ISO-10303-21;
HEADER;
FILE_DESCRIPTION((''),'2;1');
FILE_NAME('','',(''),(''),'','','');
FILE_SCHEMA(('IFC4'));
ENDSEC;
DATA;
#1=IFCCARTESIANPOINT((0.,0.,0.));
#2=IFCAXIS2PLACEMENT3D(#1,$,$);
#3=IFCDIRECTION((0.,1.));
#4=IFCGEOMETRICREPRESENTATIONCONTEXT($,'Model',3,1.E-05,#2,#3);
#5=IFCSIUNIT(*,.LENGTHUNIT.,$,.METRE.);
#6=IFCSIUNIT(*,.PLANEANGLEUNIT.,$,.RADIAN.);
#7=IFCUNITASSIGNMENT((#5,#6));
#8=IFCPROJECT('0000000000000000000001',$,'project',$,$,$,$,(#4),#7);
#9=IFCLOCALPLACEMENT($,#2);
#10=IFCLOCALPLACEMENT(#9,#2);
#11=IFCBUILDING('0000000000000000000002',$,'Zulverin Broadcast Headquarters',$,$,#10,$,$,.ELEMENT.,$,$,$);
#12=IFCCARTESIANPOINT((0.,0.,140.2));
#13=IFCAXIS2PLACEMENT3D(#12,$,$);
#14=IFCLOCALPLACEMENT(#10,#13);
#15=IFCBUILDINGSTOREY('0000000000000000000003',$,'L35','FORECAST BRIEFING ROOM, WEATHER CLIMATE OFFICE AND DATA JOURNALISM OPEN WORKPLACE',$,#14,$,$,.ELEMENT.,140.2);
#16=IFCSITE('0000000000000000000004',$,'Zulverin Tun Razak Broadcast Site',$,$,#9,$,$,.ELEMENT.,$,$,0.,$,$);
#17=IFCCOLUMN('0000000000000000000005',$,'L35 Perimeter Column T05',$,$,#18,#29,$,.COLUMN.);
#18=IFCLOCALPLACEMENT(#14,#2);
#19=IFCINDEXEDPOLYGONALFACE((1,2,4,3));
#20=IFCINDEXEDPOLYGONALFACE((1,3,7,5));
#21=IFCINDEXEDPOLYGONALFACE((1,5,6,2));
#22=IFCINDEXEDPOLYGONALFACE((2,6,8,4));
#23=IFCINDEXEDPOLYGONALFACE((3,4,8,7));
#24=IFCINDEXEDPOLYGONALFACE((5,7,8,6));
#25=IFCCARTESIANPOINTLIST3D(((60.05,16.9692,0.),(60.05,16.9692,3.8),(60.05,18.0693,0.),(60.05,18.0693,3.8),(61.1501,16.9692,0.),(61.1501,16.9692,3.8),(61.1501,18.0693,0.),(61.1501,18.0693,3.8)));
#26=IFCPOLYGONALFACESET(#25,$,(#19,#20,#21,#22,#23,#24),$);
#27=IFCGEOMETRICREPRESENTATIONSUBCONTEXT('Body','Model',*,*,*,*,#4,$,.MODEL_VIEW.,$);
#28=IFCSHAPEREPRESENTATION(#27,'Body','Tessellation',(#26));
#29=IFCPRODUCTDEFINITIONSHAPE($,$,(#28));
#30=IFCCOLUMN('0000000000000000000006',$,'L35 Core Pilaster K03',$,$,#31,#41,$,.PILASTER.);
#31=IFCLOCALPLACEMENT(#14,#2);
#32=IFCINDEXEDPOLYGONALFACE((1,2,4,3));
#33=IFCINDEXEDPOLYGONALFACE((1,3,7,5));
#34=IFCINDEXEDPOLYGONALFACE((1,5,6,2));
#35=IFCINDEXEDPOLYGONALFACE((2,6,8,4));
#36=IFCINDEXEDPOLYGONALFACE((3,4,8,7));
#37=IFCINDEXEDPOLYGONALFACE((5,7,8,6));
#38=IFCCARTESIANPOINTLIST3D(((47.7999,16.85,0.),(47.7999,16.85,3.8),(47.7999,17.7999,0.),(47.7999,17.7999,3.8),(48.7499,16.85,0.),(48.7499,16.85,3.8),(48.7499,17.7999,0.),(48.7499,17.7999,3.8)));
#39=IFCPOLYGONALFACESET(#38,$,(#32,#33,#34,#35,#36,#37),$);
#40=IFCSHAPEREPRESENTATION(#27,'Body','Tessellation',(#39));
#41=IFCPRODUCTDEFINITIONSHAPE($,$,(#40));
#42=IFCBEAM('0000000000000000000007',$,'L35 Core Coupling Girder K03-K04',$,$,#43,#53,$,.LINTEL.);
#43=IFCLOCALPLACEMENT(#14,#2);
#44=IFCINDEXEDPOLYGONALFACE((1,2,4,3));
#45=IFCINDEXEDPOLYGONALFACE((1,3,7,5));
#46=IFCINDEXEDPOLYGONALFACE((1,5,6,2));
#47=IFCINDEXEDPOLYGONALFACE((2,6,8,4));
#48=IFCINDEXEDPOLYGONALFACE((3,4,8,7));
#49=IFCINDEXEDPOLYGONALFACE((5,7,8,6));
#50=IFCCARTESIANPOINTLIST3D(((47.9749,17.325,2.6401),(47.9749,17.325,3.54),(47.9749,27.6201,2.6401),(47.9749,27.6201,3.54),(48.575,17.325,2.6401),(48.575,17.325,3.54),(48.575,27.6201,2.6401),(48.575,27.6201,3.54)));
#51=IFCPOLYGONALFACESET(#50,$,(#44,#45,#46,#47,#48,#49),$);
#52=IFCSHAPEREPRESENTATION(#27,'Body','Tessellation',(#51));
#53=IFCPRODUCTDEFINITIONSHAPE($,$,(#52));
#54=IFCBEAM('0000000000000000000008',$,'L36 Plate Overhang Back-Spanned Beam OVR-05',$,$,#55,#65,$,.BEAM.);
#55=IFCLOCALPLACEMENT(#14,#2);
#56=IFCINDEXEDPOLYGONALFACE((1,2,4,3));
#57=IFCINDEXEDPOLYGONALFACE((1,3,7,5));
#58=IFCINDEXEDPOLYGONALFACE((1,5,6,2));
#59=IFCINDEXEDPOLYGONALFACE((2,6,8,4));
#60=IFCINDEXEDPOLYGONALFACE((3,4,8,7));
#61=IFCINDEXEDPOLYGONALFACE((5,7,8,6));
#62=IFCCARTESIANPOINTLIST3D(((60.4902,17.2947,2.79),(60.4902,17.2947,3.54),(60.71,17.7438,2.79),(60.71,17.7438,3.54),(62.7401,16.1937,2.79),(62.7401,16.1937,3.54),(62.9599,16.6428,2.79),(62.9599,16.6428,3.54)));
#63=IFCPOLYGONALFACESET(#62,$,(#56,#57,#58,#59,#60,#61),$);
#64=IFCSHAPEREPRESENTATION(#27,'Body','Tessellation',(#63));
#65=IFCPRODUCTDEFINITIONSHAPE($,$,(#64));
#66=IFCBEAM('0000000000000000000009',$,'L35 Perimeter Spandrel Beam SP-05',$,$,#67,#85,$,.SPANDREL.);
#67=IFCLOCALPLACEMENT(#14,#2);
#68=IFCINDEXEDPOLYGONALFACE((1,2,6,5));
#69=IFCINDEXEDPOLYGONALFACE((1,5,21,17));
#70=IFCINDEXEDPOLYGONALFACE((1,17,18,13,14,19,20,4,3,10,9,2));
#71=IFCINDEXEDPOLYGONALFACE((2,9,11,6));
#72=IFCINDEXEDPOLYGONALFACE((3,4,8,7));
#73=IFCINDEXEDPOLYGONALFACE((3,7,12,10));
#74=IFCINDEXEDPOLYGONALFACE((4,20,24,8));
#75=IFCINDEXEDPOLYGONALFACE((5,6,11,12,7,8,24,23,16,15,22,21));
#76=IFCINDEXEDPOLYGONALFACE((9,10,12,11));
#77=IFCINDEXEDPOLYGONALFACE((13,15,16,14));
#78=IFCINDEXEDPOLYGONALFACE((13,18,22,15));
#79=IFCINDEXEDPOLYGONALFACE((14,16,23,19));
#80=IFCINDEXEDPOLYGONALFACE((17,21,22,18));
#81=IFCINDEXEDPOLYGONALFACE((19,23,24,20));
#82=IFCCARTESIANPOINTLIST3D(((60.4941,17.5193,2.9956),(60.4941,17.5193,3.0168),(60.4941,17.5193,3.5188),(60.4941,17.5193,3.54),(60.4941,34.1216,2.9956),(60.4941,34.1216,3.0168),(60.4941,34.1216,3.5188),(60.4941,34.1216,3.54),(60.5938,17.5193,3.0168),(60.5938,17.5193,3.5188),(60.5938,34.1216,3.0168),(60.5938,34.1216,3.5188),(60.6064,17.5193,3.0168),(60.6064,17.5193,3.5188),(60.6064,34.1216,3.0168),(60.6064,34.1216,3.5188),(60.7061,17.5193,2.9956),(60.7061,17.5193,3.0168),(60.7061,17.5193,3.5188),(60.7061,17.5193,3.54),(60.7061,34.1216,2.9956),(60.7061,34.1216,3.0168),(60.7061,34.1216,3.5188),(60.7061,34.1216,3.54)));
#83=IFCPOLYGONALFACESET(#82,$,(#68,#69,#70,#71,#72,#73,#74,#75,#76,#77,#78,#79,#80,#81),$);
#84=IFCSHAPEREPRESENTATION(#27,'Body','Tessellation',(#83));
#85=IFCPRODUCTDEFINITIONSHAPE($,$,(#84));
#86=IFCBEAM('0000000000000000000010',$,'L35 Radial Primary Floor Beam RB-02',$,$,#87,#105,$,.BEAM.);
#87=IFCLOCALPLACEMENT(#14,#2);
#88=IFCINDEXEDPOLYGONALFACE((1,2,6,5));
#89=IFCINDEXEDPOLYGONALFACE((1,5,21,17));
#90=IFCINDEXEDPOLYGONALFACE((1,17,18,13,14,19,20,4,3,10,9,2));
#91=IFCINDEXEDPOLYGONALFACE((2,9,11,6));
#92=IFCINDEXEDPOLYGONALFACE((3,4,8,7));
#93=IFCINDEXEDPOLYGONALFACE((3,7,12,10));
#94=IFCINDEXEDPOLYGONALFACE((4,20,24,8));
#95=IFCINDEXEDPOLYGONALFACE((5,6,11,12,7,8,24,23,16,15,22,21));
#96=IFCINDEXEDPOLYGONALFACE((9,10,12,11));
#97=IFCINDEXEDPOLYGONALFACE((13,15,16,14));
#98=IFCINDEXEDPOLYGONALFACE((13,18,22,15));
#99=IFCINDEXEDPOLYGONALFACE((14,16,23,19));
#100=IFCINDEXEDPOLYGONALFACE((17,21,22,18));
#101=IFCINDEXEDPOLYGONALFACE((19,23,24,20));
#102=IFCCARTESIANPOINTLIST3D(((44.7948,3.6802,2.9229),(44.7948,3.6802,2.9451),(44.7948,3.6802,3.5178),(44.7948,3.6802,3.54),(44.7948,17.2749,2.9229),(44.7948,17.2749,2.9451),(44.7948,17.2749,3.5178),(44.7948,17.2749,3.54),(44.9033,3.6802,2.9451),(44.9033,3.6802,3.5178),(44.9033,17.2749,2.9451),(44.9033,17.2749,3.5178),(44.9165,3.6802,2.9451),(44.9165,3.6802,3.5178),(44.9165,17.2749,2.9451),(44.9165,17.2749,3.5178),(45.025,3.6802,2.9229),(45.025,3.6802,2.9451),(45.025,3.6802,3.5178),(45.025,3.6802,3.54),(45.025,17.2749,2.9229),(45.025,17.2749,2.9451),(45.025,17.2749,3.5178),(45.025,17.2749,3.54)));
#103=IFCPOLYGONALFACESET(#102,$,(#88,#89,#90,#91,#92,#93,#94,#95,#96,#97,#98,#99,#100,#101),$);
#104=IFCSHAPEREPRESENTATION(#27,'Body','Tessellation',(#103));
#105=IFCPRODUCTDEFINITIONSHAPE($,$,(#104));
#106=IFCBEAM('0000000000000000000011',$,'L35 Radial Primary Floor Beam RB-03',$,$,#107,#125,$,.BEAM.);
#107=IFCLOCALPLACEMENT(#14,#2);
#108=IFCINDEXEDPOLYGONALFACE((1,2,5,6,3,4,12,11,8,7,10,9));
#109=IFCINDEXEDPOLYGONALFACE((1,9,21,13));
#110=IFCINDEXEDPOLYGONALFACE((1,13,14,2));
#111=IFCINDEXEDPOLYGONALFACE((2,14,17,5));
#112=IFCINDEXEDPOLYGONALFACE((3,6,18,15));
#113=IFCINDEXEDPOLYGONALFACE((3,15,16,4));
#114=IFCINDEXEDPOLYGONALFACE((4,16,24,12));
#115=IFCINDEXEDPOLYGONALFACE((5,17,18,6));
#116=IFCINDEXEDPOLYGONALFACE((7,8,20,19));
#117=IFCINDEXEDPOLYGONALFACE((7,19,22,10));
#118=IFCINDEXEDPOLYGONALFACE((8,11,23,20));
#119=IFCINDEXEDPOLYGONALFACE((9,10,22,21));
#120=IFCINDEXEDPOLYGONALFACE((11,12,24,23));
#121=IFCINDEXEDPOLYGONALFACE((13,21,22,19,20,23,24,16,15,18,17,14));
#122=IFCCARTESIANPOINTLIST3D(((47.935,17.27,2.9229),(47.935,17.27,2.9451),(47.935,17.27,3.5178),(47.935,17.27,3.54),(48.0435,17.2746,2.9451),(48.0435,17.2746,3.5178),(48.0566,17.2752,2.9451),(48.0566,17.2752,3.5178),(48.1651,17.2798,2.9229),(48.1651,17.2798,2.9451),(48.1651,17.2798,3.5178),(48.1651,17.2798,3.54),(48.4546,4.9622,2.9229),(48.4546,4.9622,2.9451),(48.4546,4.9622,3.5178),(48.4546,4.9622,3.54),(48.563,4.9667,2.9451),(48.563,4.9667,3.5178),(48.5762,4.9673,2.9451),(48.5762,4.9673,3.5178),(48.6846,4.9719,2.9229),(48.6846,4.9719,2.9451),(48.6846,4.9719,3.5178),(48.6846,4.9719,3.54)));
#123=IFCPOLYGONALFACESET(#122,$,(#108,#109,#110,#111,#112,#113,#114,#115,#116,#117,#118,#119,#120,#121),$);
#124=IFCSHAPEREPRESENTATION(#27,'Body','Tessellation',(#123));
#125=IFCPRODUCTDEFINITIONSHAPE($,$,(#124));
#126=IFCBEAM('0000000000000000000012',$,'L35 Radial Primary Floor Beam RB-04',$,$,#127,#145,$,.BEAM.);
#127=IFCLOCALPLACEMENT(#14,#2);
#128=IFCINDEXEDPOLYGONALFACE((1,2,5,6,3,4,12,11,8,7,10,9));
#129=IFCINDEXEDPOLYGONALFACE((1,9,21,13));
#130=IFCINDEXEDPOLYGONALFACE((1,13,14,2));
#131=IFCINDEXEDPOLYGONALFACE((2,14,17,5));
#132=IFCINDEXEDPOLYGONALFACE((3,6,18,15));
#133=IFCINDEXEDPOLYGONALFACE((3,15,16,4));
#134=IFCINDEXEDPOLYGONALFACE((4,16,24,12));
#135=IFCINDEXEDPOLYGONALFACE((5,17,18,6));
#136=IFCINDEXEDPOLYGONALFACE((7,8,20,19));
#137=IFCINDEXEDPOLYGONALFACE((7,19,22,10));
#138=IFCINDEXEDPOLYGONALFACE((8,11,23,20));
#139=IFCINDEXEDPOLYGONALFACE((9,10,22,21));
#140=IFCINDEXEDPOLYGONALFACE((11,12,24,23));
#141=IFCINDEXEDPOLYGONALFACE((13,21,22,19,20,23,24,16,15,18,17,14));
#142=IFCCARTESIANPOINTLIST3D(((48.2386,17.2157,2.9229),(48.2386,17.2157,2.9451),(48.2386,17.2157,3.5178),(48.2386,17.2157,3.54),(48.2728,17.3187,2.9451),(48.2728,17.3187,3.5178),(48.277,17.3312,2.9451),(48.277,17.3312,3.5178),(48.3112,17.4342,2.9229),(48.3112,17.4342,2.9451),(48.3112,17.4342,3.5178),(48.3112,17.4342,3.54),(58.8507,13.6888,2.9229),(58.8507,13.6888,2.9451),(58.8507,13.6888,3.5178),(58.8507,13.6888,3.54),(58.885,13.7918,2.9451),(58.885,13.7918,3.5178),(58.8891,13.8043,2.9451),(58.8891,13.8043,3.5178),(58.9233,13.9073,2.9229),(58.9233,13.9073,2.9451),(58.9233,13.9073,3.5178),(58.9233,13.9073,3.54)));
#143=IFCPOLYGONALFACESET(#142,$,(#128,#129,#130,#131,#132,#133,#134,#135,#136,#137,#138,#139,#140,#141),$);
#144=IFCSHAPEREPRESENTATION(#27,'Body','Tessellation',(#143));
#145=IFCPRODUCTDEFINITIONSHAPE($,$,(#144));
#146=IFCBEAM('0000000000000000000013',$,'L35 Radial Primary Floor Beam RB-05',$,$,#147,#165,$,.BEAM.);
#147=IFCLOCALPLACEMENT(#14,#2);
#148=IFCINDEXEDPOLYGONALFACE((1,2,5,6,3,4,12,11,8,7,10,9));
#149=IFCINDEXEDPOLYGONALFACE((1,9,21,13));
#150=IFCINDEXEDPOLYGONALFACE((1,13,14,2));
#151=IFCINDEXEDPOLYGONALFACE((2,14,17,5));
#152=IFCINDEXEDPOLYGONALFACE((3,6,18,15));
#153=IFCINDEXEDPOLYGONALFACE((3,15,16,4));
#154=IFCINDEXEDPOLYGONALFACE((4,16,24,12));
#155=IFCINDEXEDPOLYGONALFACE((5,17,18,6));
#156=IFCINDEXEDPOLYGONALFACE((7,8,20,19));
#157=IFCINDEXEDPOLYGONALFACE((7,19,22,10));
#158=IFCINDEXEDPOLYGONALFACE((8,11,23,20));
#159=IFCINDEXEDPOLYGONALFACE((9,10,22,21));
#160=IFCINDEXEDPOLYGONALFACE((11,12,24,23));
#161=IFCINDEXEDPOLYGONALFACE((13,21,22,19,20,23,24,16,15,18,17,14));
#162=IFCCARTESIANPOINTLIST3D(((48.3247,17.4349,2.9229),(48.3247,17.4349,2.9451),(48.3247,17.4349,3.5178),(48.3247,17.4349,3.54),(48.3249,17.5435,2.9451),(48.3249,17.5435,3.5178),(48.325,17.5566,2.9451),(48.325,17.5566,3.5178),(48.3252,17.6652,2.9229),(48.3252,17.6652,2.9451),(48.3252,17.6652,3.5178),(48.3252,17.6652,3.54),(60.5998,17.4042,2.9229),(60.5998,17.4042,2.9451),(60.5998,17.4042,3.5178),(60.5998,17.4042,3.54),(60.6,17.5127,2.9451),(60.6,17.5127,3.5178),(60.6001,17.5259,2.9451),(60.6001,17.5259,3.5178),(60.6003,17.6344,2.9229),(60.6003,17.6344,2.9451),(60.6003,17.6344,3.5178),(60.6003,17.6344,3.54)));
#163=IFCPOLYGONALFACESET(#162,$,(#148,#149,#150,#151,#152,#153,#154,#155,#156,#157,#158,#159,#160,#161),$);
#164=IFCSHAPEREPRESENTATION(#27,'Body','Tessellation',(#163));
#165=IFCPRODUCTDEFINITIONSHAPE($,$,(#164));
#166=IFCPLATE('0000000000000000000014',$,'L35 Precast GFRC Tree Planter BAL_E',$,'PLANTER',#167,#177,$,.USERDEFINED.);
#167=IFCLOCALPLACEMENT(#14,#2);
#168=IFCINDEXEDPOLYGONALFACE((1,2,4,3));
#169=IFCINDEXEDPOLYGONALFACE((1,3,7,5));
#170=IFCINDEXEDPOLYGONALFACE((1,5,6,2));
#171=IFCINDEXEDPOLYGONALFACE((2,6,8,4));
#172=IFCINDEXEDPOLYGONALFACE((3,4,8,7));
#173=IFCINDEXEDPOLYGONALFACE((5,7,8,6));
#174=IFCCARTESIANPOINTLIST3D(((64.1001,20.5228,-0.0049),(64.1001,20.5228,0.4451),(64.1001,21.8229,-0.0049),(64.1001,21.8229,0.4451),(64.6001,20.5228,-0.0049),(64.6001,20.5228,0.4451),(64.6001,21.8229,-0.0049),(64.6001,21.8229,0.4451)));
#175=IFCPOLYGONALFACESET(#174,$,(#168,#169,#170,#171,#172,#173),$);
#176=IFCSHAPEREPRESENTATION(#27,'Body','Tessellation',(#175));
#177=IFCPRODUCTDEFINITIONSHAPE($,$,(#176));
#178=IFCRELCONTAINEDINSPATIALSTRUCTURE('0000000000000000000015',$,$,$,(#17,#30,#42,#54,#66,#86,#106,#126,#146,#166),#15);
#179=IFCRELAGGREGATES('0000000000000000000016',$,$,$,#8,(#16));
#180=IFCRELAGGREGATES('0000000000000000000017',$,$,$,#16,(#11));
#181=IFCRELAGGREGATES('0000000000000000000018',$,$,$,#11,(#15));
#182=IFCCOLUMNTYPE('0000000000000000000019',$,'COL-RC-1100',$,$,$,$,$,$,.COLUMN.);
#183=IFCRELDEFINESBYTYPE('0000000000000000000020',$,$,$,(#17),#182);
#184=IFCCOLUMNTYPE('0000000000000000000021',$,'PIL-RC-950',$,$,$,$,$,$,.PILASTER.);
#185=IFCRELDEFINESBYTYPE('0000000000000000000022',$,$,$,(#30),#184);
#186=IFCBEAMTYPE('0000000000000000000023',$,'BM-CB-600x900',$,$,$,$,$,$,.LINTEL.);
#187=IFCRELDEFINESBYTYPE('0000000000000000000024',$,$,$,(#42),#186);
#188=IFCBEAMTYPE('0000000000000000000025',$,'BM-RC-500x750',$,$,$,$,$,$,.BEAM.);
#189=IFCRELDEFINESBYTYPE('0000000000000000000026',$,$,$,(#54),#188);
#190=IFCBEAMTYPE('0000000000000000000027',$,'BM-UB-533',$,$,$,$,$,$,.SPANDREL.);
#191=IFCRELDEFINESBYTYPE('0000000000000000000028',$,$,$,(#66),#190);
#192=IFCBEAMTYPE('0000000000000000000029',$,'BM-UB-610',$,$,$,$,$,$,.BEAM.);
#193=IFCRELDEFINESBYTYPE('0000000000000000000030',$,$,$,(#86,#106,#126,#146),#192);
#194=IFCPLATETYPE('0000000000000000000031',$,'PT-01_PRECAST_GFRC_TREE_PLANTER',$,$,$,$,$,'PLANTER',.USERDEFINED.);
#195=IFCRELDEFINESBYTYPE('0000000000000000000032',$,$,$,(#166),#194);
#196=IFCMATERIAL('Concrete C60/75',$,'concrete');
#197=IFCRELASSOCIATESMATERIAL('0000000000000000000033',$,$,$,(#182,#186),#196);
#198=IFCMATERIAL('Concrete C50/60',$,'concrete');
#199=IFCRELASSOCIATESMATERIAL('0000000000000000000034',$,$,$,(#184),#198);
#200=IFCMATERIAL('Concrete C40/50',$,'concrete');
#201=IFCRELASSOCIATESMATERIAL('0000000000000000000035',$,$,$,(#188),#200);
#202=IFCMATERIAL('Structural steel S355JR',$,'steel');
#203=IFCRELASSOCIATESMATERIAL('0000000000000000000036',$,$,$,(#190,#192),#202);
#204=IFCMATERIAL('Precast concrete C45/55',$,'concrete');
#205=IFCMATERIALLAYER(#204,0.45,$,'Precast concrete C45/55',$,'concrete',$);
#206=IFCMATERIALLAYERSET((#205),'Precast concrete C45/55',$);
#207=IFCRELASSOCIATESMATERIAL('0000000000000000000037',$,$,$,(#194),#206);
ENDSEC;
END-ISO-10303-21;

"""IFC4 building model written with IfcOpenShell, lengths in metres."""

from ifc_helpers import new_model, si_unit, direction, frame, origin, origin_2d, place, context, subcontext, project, spatial, rectangle, i_section, extrude, material, layer, layer_set, material_profile, profile_set, type_object, element, save


model = new_model("IFC4")

# Units and contexts
model_context = context("Model", 3, precision=1e-05, world=origin(), true_north=direction((0.0, 1.0)))
body_context = subcontext(model_context, "Body", "Model", "MODEL_VIEW")
ifc_project = project(units=[si_unit("LENGTHUNIT", "METRE"), si_unit("PLANEANGLEUNIT", "RADIAN")], contexts=[model_context])

# Site, building, storey
site_placement = place(None, origin())
site = spatial("IfcSite", under=ifc_project, at=site_placement, Name="Zulverin Tun Razak Broadcast Site", CompositionType="ELEMENT", RefElevation=0.0)
building_placement = place(site_placement, origin())
building = spatial("IfcBuilding", under=site, at=building_placement, Name="Zulverin Broadcast Headquarters", CompositionType="ELEMENT")
storey_placement = place(building_placement, frame((0.0, 0.0, 140.2)))
storey = spatial("IfcBuildingStorey", under=building, at=storey_placement, Name="L35", Description="FORECAST BRIEFING ROOM, WEATHER CLIMATE OFFICE AND DATA JOURNALISM OPEN WORKPLACE", CompositionType="ELEMENT", Elevation=140.2)

# Columns
ifc_material_1 = material(Name="Concrete C60/75", Category="concrete")
ifc_material_profile_1 = material_profile(ifc_material_1, rectangle(XDim=1.1001, YDim=1.1001, at=origin_2d()), Name="Concrete C60/75", Category="concrete")
ifc_profile_set_1 = profile_set([ifc_material_profile_1], Name="Concrete C60/75")
column_type_1 = type_object("IfcColumnType", Name="COL-RC-1100", PredefinedType="COLUMN", material=ifc_profile_set_1)
column_1_placement = place(storey_placement, frame((60.6001, 17.5193, 0.0), z_axis=(0.0, 0.0, 1.0), x_axis=(1.0, 0.0, 0.0)))
element("IfcColumn", 1, at=column_1_placement, inside=storey, type_object=column_type_1, Name="L35 Perimeter Column T05", PredefinedType="COLUMN", context=body_context, shape_type="SweptSolid", body=[
    extrude(rectangle(XDim=1.1001, YDim=1.1001, at=origin_2d()), origin(), (0.0, 0.0, 1.0), 3.8),
])
ifc_material_2 = material(Name="Concrete C50/60", Category="concrete")
ifc_material_profile_2 = material_profile(ifc_material_2, rectangle(XDim=0.95, YDim=0.95, at=origin_2d()), Name="Concrete C50/60", Category="concrete")
ifc_profile_set_2 = profile_set([ifc_material_profile_2], Name="Concrete C50/60")
column_type_2 = type_object("IfcColumnType", Name="PIL-RC-950", PredefinedType="PILASTER", material=ifc_profile_set_2)
column_2_placement = place(storey_placement, frame((48.2749, 17.325, 0.0), z_axis=(0.0, 0.0, 1.0), x_axis=(1.0, 0.0, 0.0)))
element("IfcColumn", 2, at=column_2_placement, inside=storey, type_object=column_type_2, Name="L35 Core Pilaster K03", PredefinedType="PILASTER", context=body_context, shape_type="SweptSolid", body=[
    extrude(rectangle(XDim=0.95, YDim=0.95, at=origin_2d()), origin(), (0.0, 0.0, 1.0), 3.8),
])

# Beams
ifc_material_profile_3 = material_profile(ifc_material_1, rectangle(XDim=0.6001, YDim=0.8999, at=origin_2d()), Name="Concrete C60/75", Category="concrete")
ifc_profile_set_3 = profile_set([ifc_material_profile_3], Name="Concrete C60/75")
beam_type_1 = type_object("IfcBeamType", Name="BM-CB-600x900", PredefinedType="LINTEL", material=ifc_profile_set_3)
beam_1_placement = place(storey_placement, frame((48.2749, 17.325, 3.0901), z_axis=(0.0, 1.0, 0.0), x_axis=(-1.0, 0.0, 0.0)))
element("IfcBeam", 3, at=beam_1_placement, inside=storey, type_object=beam_type_1, Name="L35 Core Coupling Girder K03-K04", PredefinedType="LINTEL", context=body_context, shape_type="SweptSolid", body=[
    extrude(rectangle(XDim=0.6001, YDim=0.8999, at=origin_2d()), origin(), (0.0, 0.0, 1.0), 10.2952),
])
ifc_material_3 = material(Name="Concrete C40/50", Category="concrete")
ifc_material_profile_4 = material_profile(ifc_material_3, rectangle(XDim=0.5, YDim=0.75, at=origin_2d()), Name="Concrete C40/50", Category="concrete")
ifc_profile_set_4 = profile_set([ifc_material_profile_4], Name="Concrete C40/50")
beam_type_2 = type_object("IfcBeamType", Name="BM-RC-500x750", PredefinedType="BEAM", material=ifc_profile_set_4)
beam_2_placement = place(storey_placement, frame((60.6001, 17.5193, 3.165), z_axis=(0.898215, -0.439556, 0.0), x_axis=(0.439556, 0.898215, 0.0)))
element("IfcBeam", 4, at=beam_2_placement, inside=storey, type_object=beam_type_2, Name="L36 Plate Overhang Back-Spanned Beam OVR-05", PredefinedType="BEAM", context=body_context, shape_type="SweptSolid", body=[
    extrude(rectangle(XDim=0.5, YDim=0.75, at=origin_2d()), origin(), (0.0, 0.0, 1.0), 2.5049),
])
ifc_material_4 = material(Name="Structural steel S355JR", Category="steel")
ifc_material_profile_5 = material_profile(ifc_material_4, i_section(OverallWidth=0.2119, OverallDepth=0.5444, WebThickness=0.0127, FlangeThickness=0.0212, at=origin_2d()), Name="Structural steel S355JR", Category="steel")
ifc_profile_set_5 = profile_set([ifc_material_profile_5], Name="Structural steel S355JR")
beam_type_3 = type_object("IfcBeamType", Name="BM-UB-533", PredefinedType="SPANDREL", material=ifc_profile_set_5)
beam_3_placement = place(storey_placement, frame((60.6001, 17.5193, 3.2678), z_axis=(0.0, 1.0, 0.0), x_axis=(-1.0, 0.0, 0.0)))
element("IfcBeam", 5, at=beam_3_placement, inside=storey, type_object=beam_type_3, Name="L35 Perimeter Spandrel Beam SP-05", PredefinedType="SPANDREL", context=body_context, shape_type="SweptSolid", body=[
    extrude(i_section(OverallWidth=0.2119, OverallDepth=0.5444, WebThickness=0.0127, FlangeThickness=0.0212, at=origin_2d()), origin(), (0.0, 0.0, 1.0), 16.6023),
])
ifc_material_profile_6 = material_profile(ifc_material_4, i_section(OverallWidth=0.2302, OverallDepth=0.6172, WebThickness=0.0132, FlangeThickness=0.0222, at=origin_2d()), Name="Structural steel S355JR", Category="steel")
ifc_profile_set_6 = profile_set([ifc_material_profile_6], Name="Structural steel S355JR")
beam_type_4 = type_object("IfcBeamType", Name="BM-UB-610", PredefinedType="BEAM", material=ifc_profile_set_6)
beam_4_placement = place(storey_placement, frame((44.9099, 17.2749, 3.2314), z_axis=(0.0, -1.0, 0.0), x_axis=(1.0, 0.0, 0.0)))
element("IfcBeam", 6, at=beam_4_placement, inside=storey, type_object=beam_type_4, Name="L35 Radial Primary Floor Beam RB-02", PredefinedType="BEAM", context=body_context, shape_type="SweptSolid", body=[
    extrude(i_section(OverallWidth=0.2302, OverallDepth=0.6172, WebThickness=0.0132, FlangeThickness=0.0222, at=origin_2d()), origin(), (0.0, 0.0, 1.0), 13.5947),
])
beam_5_placement = place(storey_placement, frame((48.05, 17.2749, 3.2314), z_axis=(0.042174, -0.99911, 0.0), x_axis=(0.99911, 0.042174, 0.0)))
element("IfcBeam", 7, at=beam_5_placement, inside=storey, type_object=beam_type_4, Name="L35 Radial Primary Floor Beam RB-03", PredefinedType="BEAM", context=body_context, shape_type="SweptSolid", body=[
    extrude(i_section(OverallWidth=0.2302, OverallDepth=0.6172, WebThickness=0.0132, FlangeThickness=0.0222, at=origin_2d()), origin(), (0.0, 0.0, 1.0), 12.3188),
])
beam_6_placement = place(storey_placement, frame((48.2749, 17.325, 3.2314), z_axis=(0.948965, -0.315383, 0.0), x_axis=(0.315383, 0.948965, 0.0)))
element("IfcBeam", 8, at=beam_6_placement, inside=storey, type_object=beam_type_4, Name="L35 Radial Primary Floor Beam RB-04", PredefinedType="BEAM", context=body_context, shape_type="SweptSolid", body=[
    extrude(i_section(OverallWidth=0.2302, OverallDepth=0.6172, WebThickness=0.0132, FlangeThickness=0.0222, at=origin_2d()), origin(), (0.0, 0.0, 1.0), 11.1829),
])
beam_7_placement = place(storey_placement, frame((48.325, 17.55, 3.2314), z_axis=(0.999997, -0.002506, 0.0), x_axis=(0.002506, 0.999997, 0.0)))
element("IfcBeam", 9, at=beam_7_placement, inside=storey, type_object=beam_type_4, Name="L35 Radial Primary Floor Beam RB-05", PredefinedType="BEAM", context=body_context, shape_type="SweptSolid", body=[
    extrude(i_section(OverallWidth=0.2302, OverallDepth=0.6172, WebThickness=0.0132, FlangeThickness=0.0222, at=origin_2d()), origin(), (0.0, 0.0, 1.0), 12.2751),
])

# Plate
ifc_material_5 = material(Name="Precast concrete C45/55", Category="concrete")
ifc_layer_1 = layer(ifc_material_5, 0.45, Name="Precast concrete C45/55", Category="concrete")
ifc_layer_set_1 = layer_set([ifc_layer_1], Name="Precast concrete C45/55")
plate_type = type_object("IfcPlateType", Name="PT-01_PRECAST_GFRC_TREE_PLANTER", ElementType="PLANTER", PredefinedType="USERDEFINED", material=ifc_layer_set_1)
plate_placement = place(storey_placement, frame((64.3501, 21.1729, -0.0049), z_axis=(0.0, 0.0, 1.0), x_axis=(0.0, 1.0, 0.0)))
element("IfcPlate", 10, at=plate_placement, inside=storey, type_object=plate_type, Name="L35 Precast GFRC Tree Planter BAL_E", ObjectType="PLANTER", PredefinedType="USERDEFINED", context=body_context, shape_type="SweptSolid", body=[
    extrude(rectangle(XDim=1.3, YDim=0.5, at=origin_2d()), origin(), (0.0, 0.0, 1.0), 0.45),
])

save(model, "model.ifc")
